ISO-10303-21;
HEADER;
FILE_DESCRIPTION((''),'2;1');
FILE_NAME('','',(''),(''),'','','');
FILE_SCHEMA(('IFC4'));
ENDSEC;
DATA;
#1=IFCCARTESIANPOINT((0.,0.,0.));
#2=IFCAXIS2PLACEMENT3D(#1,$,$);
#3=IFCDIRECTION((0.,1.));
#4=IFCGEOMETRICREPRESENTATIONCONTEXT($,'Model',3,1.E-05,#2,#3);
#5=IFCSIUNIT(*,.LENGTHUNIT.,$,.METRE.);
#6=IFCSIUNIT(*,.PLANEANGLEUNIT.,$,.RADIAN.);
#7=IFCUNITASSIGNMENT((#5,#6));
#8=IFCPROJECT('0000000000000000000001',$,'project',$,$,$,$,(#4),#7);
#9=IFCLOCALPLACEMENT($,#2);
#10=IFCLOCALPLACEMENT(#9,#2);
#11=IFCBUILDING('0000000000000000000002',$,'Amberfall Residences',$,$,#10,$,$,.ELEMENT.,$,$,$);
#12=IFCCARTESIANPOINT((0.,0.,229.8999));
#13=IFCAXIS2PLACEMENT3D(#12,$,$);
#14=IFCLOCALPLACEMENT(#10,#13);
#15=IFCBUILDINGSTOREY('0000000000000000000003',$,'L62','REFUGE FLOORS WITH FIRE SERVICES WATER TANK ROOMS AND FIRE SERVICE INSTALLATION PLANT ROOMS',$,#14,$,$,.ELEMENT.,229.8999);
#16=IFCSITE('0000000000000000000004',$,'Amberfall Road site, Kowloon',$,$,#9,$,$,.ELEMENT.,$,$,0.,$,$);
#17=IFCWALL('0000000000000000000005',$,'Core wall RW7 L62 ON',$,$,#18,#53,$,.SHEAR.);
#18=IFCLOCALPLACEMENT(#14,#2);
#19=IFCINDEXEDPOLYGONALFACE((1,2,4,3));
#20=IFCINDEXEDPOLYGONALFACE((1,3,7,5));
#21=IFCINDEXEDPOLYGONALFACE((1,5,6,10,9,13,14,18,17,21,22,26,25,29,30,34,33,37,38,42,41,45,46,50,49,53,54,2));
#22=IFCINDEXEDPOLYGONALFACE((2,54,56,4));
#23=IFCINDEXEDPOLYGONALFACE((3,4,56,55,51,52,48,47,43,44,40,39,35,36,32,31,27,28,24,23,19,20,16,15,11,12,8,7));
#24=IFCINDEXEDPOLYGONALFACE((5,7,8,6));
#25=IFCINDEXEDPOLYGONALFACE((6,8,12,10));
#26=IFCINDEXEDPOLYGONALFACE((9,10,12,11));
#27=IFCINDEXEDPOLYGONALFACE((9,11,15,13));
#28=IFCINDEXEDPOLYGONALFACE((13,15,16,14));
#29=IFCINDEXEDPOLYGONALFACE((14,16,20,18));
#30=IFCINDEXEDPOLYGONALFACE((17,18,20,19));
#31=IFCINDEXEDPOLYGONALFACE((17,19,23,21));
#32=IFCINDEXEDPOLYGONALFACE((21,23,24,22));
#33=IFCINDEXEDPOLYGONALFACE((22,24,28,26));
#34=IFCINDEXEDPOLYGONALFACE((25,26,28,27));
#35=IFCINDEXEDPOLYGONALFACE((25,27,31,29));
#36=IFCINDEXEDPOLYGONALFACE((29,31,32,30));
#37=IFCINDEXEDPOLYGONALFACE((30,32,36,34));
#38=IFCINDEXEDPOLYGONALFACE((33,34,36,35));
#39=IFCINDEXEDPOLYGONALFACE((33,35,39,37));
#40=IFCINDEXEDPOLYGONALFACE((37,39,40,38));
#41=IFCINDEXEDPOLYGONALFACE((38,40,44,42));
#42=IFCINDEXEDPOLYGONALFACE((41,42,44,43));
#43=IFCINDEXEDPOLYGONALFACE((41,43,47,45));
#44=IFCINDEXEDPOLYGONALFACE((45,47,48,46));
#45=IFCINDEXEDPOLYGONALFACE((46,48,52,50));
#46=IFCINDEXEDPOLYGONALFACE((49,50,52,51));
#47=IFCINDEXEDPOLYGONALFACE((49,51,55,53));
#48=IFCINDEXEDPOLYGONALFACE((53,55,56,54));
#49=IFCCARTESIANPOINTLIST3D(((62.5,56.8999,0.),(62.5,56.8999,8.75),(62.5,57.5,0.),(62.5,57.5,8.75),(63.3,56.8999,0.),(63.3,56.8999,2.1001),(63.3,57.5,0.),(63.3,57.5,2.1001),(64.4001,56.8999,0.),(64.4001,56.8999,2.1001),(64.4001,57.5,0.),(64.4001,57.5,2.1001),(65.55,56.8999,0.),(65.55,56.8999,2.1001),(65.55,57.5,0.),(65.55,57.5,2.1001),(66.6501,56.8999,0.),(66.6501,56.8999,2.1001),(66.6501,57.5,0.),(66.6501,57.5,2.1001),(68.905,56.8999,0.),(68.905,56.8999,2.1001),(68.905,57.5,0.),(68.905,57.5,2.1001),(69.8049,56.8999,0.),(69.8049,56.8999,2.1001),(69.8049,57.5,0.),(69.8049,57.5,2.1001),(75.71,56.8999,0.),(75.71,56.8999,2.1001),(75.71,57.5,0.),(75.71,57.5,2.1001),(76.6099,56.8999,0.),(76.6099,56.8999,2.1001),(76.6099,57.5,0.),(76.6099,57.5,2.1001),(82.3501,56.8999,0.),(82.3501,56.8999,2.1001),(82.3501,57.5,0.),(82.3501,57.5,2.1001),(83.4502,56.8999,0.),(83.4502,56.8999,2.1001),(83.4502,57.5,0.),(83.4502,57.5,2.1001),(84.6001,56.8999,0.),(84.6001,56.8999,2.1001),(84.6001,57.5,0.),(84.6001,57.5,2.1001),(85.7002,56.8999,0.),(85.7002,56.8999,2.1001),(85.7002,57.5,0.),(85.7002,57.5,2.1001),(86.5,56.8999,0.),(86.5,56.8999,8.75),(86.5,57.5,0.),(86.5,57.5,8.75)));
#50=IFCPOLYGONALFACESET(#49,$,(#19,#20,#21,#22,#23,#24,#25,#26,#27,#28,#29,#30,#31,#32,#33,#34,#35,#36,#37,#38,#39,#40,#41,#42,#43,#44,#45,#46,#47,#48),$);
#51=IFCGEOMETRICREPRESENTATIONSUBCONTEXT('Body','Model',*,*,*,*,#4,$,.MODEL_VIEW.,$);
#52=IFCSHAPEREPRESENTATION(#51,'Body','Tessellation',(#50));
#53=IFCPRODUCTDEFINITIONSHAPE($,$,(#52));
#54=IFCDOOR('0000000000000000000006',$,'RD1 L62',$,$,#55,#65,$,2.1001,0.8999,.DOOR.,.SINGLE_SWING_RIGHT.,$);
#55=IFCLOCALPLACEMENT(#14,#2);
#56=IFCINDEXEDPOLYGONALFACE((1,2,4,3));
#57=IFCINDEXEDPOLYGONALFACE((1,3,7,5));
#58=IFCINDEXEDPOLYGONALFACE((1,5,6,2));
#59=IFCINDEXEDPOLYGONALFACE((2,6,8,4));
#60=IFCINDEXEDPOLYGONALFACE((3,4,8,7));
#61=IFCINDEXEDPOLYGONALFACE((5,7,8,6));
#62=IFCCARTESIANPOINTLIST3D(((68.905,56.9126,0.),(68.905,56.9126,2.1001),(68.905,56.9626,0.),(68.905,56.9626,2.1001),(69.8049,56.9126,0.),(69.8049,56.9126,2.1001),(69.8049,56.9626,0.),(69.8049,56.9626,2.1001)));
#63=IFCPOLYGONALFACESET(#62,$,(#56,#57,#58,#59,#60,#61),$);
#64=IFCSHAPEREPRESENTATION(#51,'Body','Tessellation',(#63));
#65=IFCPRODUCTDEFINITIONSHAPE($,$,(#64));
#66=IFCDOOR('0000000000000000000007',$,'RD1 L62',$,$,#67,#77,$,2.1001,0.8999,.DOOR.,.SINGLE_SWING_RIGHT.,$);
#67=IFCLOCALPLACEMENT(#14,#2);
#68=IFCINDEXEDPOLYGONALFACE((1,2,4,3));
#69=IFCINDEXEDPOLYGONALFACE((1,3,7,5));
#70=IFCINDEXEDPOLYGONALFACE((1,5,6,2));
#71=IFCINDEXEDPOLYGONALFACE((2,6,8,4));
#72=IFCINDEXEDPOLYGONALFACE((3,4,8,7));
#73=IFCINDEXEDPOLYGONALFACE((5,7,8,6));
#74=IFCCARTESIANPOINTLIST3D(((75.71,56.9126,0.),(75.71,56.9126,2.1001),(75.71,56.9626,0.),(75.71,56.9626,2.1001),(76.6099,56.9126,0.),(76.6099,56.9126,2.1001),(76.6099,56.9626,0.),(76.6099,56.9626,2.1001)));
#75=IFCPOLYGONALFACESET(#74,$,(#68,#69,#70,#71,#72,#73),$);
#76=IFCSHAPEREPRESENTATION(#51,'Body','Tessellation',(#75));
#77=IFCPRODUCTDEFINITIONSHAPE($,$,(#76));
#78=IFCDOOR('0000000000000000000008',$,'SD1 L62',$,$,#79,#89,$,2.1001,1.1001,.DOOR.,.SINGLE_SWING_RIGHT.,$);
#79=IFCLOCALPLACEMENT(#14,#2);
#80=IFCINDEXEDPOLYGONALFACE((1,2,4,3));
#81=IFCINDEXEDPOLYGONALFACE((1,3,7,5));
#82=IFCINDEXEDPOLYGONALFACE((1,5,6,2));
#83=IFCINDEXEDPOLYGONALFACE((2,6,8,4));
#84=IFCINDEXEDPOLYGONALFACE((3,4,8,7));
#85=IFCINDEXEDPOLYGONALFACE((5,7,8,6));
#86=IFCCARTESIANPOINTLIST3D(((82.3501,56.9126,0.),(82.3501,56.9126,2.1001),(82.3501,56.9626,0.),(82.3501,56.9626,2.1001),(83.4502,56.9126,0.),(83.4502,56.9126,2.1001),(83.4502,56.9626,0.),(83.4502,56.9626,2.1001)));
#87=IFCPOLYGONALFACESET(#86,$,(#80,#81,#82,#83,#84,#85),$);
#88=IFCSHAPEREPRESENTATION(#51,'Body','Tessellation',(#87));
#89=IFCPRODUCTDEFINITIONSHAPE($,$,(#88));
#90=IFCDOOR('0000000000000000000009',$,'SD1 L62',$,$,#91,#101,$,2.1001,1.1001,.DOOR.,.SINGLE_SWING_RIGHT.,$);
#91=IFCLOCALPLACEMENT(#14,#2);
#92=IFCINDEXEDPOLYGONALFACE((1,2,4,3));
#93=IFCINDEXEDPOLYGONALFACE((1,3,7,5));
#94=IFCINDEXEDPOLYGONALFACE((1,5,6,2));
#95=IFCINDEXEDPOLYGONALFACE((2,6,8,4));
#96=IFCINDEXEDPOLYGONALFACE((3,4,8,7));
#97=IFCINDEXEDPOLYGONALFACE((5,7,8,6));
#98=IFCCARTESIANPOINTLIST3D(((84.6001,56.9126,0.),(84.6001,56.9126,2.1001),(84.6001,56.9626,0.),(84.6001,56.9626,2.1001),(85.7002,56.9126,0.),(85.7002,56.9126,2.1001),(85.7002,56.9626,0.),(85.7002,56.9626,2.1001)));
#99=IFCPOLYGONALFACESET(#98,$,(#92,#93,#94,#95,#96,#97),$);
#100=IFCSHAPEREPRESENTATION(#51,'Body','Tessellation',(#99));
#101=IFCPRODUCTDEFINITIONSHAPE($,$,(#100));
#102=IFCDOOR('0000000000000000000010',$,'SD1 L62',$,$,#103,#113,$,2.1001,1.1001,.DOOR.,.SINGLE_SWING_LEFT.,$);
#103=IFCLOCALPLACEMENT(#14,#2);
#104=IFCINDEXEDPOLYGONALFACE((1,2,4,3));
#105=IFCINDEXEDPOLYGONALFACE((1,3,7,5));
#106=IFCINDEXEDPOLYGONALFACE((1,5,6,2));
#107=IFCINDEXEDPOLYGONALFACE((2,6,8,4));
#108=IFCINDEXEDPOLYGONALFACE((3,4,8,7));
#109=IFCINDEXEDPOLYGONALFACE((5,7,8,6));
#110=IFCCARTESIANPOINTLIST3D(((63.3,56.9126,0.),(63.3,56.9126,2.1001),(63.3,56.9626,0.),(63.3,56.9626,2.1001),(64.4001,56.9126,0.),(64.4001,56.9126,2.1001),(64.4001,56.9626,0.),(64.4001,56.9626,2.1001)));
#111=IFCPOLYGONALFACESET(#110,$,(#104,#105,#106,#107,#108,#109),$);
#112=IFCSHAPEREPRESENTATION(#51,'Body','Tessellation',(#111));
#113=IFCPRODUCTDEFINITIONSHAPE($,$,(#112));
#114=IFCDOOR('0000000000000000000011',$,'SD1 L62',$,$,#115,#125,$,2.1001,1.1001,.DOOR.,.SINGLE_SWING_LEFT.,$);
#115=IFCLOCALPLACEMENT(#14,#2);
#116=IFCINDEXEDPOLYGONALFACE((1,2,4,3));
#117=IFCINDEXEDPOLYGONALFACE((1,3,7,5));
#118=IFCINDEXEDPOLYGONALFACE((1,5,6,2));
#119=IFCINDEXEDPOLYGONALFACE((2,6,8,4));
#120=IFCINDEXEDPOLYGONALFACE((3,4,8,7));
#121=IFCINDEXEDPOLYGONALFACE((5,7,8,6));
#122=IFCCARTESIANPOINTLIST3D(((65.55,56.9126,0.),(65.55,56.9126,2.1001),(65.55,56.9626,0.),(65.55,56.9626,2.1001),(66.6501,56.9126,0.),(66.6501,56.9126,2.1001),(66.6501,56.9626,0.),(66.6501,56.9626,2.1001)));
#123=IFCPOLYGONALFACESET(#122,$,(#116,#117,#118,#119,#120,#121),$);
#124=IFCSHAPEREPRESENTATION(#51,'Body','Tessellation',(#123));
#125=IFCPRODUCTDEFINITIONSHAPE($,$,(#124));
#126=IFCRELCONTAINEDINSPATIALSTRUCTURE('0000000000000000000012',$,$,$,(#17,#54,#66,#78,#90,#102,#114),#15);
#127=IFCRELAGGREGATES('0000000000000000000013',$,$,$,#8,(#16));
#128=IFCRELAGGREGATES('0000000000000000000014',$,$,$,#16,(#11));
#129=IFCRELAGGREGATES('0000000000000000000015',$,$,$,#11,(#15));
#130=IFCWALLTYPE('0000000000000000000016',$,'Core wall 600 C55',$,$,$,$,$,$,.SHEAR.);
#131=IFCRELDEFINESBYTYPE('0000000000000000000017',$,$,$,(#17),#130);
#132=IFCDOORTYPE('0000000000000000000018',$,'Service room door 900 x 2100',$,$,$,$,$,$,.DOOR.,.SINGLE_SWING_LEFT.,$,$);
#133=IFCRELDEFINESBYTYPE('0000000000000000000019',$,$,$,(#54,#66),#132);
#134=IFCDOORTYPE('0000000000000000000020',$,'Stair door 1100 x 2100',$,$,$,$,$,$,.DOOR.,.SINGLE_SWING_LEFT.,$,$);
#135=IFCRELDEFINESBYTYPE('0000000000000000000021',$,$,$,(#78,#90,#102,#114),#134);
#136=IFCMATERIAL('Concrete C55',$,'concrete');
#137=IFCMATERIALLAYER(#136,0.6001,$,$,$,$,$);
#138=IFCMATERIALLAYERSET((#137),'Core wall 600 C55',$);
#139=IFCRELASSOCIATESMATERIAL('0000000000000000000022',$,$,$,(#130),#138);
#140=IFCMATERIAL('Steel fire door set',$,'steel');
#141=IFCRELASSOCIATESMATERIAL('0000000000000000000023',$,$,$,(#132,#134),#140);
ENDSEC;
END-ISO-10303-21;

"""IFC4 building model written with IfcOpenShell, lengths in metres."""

from ifc_helpers import new_model, si_unit, direction, frame, frame_2d, origin, place, context, subcontext, project, spatial, rectangle, extrude, material, layer, layer_set, type_object, element, fill, save


model = new_model("IFC4")

# Units and contexts
model_context = context("Model", 3, precision=1e-05, world=origin(), true_north=direction((0.0, 1.0)))
body_context = subcontext(model_context, "Body", "Model", "MODEL_VIEW")
ifc_project = project(units=[si_unit("LENGTHUNIT", "METRE"), si_unit("PLANEANGLEUNIT", "RADIAN")], contexts=[model_context])

# Site, building, storey
site_placement = place(None, origin())
site = spatial("IfcSite", under=ifc_project, at=site_placement, Name="Amberfall Road site, Kowloon", CompositionType="ELEMENT", RefElevation=0.0)
building_placement = place(site_placement, origin())
building = spatial("IfcBuilding", under=site, at=building_placement, Name="Amberfall Residences", CompositionType="ELEMENT")
storey_placement = place(building_placement, frame((0.0, 0.0, 229.8999)))
storey = spatial("IfcBuildingStorey", under=building, at=storey_placement, Name="L62", Description="REFUGE FLOORS WITH FIRE SERVICES WATER TANK ROOMS AND FIRE SERVICE INSTALLATION PLANT ROOMS", CompositionType="ELEMENT", Elevation=229.8999)

# Shared definitions
ifc_material_1 = material(Name="Concrete C55", Category="concrete")

# Wall, openings, doors
ifc_layer_1 = layer(ifc_material_1, 0.6001)
ifc_layer_set_1 = layer_set([ifc_layer_1], Name="Core wall 600 C55")
wall_type_1 = type_object("IfcWallType", Name="Core wall 600 C55", PredefinedType="SHEAR", material=ifc_layer_set_1)
wall_1_placement = place(storey_placement, frame((62.5, 57.2, 0.0), z_axis=(0.0, 0.0, 1.0), x_axis=(1.0, 0.0, 0.0)))
wall_1 = element("IfcWall", 1, at=wall_1_placement, inside=storey, type_object=wall_type_1, Name="Core wall RW7 L62 ON", PredefinedType="SHEAR", context=body_context, shape_type="SweptSolid", body=[
    extrude(rectangle(XDim=24.0, YDim=0.6001, at=frame_2d((12.0, 0.0))), origin(), (0.0, 0.0, 1.0), 8.75),
])
opening_1_placement = place(wall_1_placement, frame((19.8501, 0.0, 0.0)))
opening_1 = element("IfcOpeningElement", 2, at=opening_1_placement, cuts=wall_1, PredefinedType="OPENING", context=body_context, shape_type="SweptSolid", body=[
    extrude(rectangle(XDim=1.1001, YDim=2.1001, at=frame_2d((0.55, 1.05))), frame((0.0, 0.3101, 0.0), z_axis=(0.0, -1.0, 0.0), x_axis=(1.0, 0.0, 0.0)), (0.0, 0.0, 1.0), 0.6201),
])
opening_2_placement = place(wall_1_placement, frame((22.1001, 0.0, 0.0)))
opening_2 = element("IfcOpeningElement", 3, at=opening_2_placement, cuts=wall_1, PredefinedType="OPENING", context=body_context, shape_type="SweptSolid", body=[
    extrude(rectangle(XDim=1.1001, YDim=2.1001, at=frame_2d((0.55, 1.05))), frame((0.0, 0.3101, 0.0), z_axis=(0.0, -1.0, 0.0), x_axis=(1.0, 0.0, 0.0)), (0.0, 0.0, 1.0), 0.6201),
])
opening_3_placement = place(wall_1_placement, frame((0.8, 0.0, 0.0)))
opening_3 = element("IfcOpeningElement", 4, at=opening_3_placement, cuts=wall_1, PredefinedType="OPENING", context=body_context, shape_type="SweptSolid", body=[
    extrude(rectangle(XDim=1.1001, YDim=2.1001, at=frame_2d((0.55, 1.05))), frame((0.0, 0.3101, 0.0), z_axis=(0.0, -1.0, 0.0), x_axis=(1.0, 0.0, 0.0)), (0.0, 0.0, 1.0), 0.6201),
])
opening_4_placement = place(wall_1_placement, frame((3.05, 0.0, 0.0)))
opening_4 = element("IfcOpeningElement", 5, at=opening_4_placement, cuts=wall_1, PredefinedType="OPENING", context=body_context, shape_type="SweptSolid", body=[
    extrude(rectangle(XDim=1.1001, YDim=2.1001, at=frame_2d((0.55, 1.05))), frame((0.0, 0.3101, 0.0), z_axis=(0.0, -1.0, 0.0), x_axis=(1.0, 0.0, 0.0)), (0.0, 0.0, 1.0), 0.6201),
])
opening_5_placement = place(wall_1_placement, frame((6.405, 0.0, 0.0)))
opening_5 = element("IfcOpeningElement", 6, at=opening_5_placement, cuts=wall_1, PredefinedType="OPENING", context=body_context, shape_type="SweptSolid", body=[
    extrude(rectangle(XDim=0.8999, YDim=2.1001, at=frame_2d((0.45, 1.05))), frame((0.0, 0.3101, 0.0), z_axis=(0.0, -1.0, 0.0), x_axis=(1.0, 0.0, 0.0)), (0.0, 0.0, 1.0), 0.6201),
])
opening_6_placement = place(wall_1_placement, frame((13.21, 0.0, 0.0)))
opening_6 = element("IfcOpeningElement", 7, at=opening_6_placement, cuts=wall_1, PredefinedType="OPENING", context=body_context, shape_type="SweptSolid", body=[
    extrude(rectangle(XDim=0.8999, YDim=2.1001, at=frame_2d((0.45, 1.05))), frame((0.0, 0.3101, 0.0), z_axis=(0.0, -1.0, 0.0), x_axis=(1.0, 0.0, 0.0)), (0.0, 0.0, 1.0), 0.6201),
])
ifc_material_2 = material(Name="Steel fire door set", Category="steel")
door_type_1 = type_object("IfcDoorType", Name="Service room door 900 x 2100", OperationType="SINGLE_SWING_LEFT", PredefinedType="DOOR", material=ifc_material_2)
door_1_placement = place(opening_5_placement, origin())
door_1 = element("IfcDoor", 8, at=door_1_placement, inside=storey, type_object=door_type_1, Name="RD1 L62", OperationType="SINGLE_SWING_RIGHT", OverallHeight=2.1001, OverallWidth=0.8999, PredefinedType="DOOR", context=body_context, shape_type="SweptSolid", body=[
    extrude(rectangle(XDim=0.8999, YDim=2.1001, at=frame_2d((0.45, 1.05))), frame((0.0, -0.2373, 0.0), z_axis=(0.0, -1.0, 0.0), x_axis=(1.0, 0.0, 0.0)), (0.0, 0.0, 1.0), 0.05),
])
fill(opening_5, door_1)
door_2_placement = place(opening_6_placement, origin())
door_2 = element("IfcDoor", 9, at=door_2_placement, inside=storey, type_object=door_type_1, Name="RD1 L62", OperationType="SINGLE_SWING_RIGHT", OverallHeight=2.1001, OverallWidth=0.8999, PredefinedType="DOOR", context=body_context, shape_type="SweptSolid", body=[
    extrude(rectangle(XDim=0.8999, YDim=2.1001, at=frame_2d((0.45, 1.05))), frame((0.0, -0.2373, 0.0), z_axis=(0.0, -1.0, 0.0), x_axis=(1.0, 0.0, 0.0)), (0.0, 0.0, 1.0), 0.05),
])
fill(opening_6, door_2)
door_type_2 = type_object("IfcDoorType", Name="Stair door 1100 x 2100", OperationType="SINGLE_SWING_LEFT", PredefinedType="DOOR", material=ifc_material_2)
door_3_placement = place(opening_1_placement, origin())
door_3 = element("IfcDoor", 10, at=door_3_placement, inside=storey, type_object=door_type_2, Name="SD1 L62", OperationType="SINGLE_SWING_RIGHT", OverallHeight=2.1001, OverallWidth=1.1001, PredefinedType="DOOR", context=body_context, shape_type="SweptSolid", body=[
    extrude(rectangle(XDim=1.1001, YDim=2.1001, at=frame_2d((0.55, 1.05))), frame((0.0, -0.2373, 0.0), z_axis=(0.0, -1.0, 0.0), x_axis=(1.0, 0.0, 0.0)), (0.0, 0.0, 1.0), 0.05),
])
fill(opening_1, door_3)
door_4_placement = place(opening_2_placement, origin())
door_4 = element("IfcDoor", 11, at=door_4_placement, inside=storey, type_object=door_type_2, Name="SD1 L62", OperationType="SINGLE_SWING_RIGHT", OverallHeight=2.1001, OverallWidth=1.1001, PredefinedType="DOOR", context=body_context, shape_type="SweptSolid", body=[
    extrude(rectangle(XDim=1.1001, YDim=2.1001, at=frame_2d((0.55, 1.05))), frame((0.0, -0.2373, 0.0), z_axis=(0.0, -1.0, 0.0), x_axis=(1.0, 0.0, 0.0)), (0.0, 0.0, 1.0), 0.05),
])
fill(opening_2, door_4)
door_5_placement = place(opening_3_placement, origin())
door_5 = element("IfcDoor", 12, at=door_5_placement, inside=storey, type_object=door_type_2, Name="SD1 L62", OperationType="SINGLE_SWING_LEFT", OverallHeight=2.1001, OverallWidth=1.1001, PredefinedType="DOOR", context=body_context, shape_type="SweptSolid", body=[
    extrude(rectangle(XDim=1.1001, YDim=2.1001, at=frame_2d((0.55, 1.05))), frame((0.0, -0.2373, 0.0), z_axis=(0.0, -1.0, 0.0), x_axis=(1.0, 0.0, 0.0)), (0.0, 0.0, 1.0), 0.05),
])
fill(opening_3, door_5)
door_6_placement = place(opening_4_placement, origin())
door_6 = element("IfcDoor", 13, at=door_6_placement, inside=storey, type_object=door_type_2, Name="SD1 L62", OperationType="SINGLE_SWING_LEFT", OverallHeight=2.1001, OverallWidth=1.1001, PredefinedType="DOOR", context=body_context, shape_type="SweptSolid", body=[
    extrude(rectangle(XDim=1.1001, YDim=2.1001, at=frame_2d((0.55, 1.05))), frame((0.0, -0.2373, 0.0), z_axis=(0.0, -1.0, 0.0), x_axis=(1.0, 0.0, 0.0)), (0.0, 0.0, 1.0), 0.05),
])
fill(opening_4, door_6)

save(model, "model.ifc")
